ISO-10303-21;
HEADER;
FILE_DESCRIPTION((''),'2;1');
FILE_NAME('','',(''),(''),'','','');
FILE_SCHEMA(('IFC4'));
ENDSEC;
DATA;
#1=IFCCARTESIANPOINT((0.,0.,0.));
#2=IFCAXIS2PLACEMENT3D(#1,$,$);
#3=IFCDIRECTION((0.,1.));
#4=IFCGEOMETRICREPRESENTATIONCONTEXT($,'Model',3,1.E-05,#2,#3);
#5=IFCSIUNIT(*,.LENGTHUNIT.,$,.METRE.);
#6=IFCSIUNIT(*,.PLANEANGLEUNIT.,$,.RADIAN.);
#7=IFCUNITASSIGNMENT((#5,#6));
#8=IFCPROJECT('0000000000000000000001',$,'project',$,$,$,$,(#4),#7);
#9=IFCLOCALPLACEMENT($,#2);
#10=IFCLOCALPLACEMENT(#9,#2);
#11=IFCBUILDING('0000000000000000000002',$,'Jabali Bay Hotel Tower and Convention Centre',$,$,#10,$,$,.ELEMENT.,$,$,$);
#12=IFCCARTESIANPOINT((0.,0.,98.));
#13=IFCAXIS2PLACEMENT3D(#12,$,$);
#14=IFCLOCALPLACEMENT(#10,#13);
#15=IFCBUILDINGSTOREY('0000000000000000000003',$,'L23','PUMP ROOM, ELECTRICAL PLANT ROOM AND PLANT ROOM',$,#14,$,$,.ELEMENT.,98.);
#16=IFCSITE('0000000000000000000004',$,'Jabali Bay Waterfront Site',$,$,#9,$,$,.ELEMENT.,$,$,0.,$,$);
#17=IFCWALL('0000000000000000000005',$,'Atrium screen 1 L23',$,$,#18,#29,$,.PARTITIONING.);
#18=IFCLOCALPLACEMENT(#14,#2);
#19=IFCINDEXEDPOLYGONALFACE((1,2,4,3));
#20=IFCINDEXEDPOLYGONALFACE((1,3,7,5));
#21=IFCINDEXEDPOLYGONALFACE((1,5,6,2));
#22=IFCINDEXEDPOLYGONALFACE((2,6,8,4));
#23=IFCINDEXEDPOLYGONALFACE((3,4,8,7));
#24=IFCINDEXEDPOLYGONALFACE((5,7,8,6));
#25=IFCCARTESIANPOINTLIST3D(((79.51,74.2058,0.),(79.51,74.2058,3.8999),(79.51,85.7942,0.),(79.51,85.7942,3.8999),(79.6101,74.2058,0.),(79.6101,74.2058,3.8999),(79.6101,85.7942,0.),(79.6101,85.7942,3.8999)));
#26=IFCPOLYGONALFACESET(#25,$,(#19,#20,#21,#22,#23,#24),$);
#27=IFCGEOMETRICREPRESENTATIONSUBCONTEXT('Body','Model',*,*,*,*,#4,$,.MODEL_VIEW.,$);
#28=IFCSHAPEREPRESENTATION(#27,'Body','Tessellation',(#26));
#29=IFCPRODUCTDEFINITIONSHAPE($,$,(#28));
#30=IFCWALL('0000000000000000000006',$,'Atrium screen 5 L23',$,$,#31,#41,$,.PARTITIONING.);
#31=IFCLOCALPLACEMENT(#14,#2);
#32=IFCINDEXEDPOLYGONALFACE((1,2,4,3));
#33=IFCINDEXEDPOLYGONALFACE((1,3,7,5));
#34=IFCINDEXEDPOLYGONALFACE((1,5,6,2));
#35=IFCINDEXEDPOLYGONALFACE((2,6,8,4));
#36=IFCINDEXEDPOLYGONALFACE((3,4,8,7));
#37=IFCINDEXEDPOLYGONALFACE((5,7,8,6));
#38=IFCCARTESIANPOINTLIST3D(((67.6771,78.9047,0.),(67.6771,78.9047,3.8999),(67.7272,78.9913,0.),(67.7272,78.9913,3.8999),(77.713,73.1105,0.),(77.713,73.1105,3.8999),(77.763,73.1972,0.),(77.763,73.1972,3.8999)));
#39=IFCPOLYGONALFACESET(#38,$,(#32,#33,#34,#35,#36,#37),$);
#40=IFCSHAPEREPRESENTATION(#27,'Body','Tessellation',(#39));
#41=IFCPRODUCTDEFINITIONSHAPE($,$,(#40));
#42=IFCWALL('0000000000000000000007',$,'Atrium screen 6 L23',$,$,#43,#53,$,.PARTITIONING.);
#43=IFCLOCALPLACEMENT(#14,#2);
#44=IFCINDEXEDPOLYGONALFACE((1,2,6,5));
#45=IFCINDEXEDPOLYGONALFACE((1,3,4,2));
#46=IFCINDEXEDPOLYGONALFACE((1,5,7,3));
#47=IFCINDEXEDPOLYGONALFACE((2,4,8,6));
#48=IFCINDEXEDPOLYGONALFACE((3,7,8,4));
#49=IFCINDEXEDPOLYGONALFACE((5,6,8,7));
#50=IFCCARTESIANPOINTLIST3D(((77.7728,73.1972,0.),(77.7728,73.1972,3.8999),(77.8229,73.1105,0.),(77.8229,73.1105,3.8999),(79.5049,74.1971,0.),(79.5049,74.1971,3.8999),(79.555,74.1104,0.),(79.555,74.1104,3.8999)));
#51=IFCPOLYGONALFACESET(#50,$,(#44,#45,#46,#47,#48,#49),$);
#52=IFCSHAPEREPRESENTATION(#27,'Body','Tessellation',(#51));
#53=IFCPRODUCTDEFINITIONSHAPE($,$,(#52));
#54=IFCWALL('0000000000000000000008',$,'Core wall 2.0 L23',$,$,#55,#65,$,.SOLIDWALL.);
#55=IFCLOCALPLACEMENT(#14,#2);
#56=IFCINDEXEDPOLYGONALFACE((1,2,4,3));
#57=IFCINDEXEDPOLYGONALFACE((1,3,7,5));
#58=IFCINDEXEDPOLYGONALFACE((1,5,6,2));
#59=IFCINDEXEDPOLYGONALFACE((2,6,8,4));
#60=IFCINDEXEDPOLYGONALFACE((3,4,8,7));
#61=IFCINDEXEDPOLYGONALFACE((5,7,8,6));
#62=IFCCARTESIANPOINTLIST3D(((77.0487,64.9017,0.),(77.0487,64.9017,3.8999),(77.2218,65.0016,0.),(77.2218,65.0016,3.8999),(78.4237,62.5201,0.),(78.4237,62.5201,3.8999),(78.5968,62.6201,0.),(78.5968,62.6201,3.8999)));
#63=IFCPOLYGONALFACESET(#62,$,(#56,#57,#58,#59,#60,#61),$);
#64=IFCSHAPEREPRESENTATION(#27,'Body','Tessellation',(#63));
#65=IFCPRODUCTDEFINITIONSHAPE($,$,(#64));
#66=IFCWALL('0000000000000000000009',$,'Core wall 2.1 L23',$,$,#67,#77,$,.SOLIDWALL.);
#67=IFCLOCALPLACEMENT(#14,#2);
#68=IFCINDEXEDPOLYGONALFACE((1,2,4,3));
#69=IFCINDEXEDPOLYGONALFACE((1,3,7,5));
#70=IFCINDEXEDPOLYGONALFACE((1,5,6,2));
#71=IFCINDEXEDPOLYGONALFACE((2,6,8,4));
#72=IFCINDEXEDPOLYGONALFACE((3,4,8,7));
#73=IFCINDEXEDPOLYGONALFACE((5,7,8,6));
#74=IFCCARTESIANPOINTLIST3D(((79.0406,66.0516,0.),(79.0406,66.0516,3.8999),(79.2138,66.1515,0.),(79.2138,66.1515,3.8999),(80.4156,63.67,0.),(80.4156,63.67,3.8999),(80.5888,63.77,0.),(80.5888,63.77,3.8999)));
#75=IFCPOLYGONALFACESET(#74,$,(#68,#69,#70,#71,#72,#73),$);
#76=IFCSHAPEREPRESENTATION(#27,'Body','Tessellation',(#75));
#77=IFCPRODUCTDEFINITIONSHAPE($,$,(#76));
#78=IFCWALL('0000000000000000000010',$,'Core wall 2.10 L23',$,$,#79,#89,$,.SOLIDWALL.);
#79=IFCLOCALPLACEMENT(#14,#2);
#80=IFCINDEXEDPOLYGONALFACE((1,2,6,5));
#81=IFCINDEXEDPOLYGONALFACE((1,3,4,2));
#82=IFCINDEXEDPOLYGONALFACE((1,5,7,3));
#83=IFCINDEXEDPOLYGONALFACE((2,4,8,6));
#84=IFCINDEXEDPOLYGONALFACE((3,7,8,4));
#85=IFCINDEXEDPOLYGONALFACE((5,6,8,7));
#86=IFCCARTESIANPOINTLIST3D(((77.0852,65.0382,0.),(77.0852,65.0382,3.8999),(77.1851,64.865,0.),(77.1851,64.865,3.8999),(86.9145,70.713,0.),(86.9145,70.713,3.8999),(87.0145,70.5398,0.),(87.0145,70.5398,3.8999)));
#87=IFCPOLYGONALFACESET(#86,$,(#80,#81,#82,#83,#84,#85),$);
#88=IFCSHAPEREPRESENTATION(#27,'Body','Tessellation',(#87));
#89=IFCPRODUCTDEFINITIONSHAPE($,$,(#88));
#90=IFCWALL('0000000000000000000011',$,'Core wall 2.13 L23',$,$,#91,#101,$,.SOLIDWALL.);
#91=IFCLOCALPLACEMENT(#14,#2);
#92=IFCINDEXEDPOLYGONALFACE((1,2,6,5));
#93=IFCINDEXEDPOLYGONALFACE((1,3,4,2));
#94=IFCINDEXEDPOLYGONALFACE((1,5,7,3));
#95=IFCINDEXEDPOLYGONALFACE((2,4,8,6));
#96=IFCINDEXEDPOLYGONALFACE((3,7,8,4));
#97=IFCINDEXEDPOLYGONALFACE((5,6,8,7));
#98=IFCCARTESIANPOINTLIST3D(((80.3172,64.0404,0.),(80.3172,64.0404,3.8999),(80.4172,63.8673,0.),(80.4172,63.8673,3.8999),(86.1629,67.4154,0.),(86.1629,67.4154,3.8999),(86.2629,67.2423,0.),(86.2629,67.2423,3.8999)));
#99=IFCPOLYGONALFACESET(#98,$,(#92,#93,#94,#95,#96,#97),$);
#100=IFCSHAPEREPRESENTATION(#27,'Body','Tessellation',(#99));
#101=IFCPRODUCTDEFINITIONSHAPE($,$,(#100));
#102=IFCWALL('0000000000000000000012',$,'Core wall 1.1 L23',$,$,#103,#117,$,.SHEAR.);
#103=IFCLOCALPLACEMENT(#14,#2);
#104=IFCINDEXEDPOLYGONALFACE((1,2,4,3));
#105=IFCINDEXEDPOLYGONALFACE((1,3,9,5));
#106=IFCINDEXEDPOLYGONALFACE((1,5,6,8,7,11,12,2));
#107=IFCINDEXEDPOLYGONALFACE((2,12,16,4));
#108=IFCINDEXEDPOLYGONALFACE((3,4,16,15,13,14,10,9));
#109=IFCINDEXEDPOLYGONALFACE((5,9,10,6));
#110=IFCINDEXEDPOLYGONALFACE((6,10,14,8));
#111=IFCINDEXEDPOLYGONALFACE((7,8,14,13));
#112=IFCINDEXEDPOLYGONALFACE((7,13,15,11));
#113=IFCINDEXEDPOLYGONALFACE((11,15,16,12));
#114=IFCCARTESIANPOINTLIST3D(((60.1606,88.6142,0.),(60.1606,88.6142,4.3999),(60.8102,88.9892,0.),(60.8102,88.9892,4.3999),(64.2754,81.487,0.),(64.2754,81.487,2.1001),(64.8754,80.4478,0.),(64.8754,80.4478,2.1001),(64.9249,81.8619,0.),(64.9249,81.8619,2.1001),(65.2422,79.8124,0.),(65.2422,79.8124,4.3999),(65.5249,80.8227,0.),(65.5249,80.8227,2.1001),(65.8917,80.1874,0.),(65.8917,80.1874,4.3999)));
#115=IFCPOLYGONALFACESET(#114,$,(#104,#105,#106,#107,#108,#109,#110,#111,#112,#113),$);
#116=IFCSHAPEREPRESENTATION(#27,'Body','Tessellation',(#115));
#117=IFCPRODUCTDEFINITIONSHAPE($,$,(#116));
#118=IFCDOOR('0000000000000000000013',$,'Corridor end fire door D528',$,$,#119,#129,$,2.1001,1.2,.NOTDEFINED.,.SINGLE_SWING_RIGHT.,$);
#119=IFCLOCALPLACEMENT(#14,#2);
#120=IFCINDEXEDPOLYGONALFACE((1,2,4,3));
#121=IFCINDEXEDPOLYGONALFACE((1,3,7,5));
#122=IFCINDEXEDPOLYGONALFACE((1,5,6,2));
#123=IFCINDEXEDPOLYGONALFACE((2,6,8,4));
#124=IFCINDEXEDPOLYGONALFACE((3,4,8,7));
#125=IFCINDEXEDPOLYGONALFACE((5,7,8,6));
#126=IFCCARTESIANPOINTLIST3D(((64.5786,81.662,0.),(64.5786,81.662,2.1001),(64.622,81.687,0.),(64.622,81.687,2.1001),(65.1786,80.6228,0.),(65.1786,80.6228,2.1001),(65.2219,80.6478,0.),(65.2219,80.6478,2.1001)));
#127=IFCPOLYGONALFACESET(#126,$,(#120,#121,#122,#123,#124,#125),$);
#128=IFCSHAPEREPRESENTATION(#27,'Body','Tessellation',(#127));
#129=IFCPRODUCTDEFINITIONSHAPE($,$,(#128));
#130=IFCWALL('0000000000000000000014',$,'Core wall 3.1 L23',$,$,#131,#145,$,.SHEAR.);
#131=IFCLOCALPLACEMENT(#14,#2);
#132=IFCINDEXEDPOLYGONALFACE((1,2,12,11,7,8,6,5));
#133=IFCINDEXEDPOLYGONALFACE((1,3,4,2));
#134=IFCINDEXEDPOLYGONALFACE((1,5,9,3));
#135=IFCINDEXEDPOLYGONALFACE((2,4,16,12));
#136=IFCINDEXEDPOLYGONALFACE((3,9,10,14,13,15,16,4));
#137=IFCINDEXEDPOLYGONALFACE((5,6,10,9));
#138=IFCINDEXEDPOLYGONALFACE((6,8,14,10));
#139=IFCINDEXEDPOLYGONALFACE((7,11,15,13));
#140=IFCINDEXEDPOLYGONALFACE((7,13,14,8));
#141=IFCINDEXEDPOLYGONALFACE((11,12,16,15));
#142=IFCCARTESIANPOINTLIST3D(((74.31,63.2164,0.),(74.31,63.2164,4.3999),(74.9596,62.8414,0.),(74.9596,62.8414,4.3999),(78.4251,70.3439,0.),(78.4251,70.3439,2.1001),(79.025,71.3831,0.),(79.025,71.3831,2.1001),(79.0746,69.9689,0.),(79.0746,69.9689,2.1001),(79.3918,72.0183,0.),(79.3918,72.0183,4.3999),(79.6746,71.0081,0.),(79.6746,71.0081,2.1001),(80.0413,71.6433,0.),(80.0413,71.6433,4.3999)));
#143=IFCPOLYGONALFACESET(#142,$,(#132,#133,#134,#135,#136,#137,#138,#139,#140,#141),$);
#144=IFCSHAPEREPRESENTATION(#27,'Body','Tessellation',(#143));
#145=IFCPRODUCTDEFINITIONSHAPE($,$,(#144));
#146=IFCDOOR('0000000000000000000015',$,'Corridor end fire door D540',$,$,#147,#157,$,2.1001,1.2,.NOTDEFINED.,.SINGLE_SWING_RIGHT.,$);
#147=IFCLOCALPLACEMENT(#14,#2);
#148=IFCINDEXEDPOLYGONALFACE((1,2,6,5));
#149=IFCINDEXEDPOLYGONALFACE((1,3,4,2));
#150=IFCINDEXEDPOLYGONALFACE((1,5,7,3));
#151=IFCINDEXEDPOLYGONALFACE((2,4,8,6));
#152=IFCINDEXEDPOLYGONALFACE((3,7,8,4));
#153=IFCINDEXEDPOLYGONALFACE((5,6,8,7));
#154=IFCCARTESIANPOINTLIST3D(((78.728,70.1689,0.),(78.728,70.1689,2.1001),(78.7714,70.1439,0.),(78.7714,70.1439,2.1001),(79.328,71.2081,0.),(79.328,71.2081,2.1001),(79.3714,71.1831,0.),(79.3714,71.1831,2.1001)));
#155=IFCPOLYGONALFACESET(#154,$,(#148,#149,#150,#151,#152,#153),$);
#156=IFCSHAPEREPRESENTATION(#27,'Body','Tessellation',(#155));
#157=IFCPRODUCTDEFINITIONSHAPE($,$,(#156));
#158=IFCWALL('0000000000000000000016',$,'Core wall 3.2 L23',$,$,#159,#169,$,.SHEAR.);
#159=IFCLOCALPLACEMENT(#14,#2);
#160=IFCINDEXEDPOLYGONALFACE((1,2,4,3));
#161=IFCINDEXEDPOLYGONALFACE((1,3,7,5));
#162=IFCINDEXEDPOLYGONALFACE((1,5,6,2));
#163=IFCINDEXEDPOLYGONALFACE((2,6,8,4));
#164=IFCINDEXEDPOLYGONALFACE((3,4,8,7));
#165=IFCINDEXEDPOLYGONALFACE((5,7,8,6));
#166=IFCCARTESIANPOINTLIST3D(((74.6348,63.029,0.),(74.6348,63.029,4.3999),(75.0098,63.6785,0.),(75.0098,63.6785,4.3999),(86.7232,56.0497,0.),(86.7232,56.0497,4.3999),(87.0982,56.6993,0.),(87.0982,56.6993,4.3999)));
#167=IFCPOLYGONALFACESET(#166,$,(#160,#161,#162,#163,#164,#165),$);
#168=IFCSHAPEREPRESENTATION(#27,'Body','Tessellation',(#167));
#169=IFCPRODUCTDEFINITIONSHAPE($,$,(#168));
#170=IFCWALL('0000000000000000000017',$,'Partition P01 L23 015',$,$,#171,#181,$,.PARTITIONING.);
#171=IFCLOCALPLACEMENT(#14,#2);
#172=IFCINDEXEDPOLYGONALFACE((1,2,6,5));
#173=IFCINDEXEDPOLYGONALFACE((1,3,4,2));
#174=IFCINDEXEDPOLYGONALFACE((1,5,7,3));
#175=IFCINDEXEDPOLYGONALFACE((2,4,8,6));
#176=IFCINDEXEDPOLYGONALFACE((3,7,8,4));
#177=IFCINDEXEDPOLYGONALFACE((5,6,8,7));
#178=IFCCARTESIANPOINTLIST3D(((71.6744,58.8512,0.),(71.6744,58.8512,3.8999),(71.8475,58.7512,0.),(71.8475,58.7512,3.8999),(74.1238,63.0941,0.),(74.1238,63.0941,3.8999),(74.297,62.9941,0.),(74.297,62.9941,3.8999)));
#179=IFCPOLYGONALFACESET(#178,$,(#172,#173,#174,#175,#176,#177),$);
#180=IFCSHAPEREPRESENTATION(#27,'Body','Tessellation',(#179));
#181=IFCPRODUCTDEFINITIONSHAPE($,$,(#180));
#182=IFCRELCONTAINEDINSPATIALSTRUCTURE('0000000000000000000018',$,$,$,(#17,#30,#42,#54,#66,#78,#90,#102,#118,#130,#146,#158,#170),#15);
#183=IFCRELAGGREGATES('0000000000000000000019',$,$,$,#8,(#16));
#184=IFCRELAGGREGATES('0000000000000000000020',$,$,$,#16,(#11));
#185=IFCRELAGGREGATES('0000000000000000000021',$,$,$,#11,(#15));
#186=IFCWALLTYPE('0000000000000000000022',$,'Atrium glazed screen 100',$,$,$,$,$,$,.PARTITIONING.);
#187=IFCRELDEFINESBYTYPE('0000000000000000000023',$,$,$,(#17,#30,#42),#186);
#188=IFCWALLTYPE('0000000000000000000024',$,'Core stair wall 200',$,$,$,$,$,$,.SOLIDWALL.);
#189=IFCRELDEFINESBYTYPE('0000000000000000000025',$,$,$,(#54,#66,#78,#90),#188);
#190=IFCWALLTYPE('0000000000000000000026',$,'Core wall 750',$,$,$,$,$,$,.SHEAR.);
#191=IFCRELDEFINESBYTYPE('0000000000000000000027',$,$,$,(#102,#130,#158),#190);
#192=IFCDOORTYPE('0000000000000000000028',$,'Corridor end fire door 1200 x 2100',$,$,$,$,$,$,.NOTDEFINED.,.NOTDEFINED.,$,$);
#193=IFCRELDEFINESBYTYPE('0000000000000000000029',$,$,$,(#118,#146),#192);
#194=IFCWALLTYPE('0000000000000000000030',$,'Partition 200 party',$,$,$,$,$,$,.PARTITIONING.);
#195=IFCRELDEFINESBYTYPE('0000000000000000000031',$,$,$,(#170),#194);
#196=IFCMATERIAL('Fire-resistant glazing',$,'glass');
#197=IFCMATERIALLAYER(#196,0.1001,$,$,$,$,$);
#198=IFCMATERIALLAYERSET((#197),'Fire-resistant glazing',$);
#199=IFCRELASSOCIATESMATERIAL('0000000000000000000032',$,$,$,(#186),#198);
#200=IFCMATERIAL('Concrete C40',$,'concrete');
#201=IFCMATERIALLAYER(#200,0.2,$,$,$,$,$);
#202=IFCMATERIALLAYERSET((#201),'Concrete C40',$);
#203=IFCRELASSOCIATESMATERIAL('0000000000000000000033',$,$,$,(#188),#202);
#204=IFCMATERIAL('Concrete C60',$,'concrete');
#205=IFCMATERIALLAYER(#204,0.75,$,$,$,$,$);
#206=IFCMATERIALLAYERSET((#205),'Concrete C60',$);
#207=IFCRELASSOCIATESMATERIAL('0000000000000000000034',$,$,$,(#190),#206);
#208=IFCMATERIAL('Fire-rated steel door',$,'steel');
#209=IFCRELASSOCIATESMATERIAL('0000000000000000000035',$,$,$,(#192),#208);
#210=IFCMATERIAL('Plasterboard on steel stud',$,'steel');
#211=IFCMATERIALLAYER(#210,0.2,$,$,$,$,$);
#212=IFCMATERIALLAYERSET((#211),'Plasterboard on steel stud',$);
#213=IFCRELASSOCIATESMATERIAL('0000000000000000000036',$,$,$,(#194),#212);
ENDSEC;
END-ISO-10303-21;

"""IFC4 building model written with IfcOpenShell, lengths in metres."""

from ifc_helpers import new_model, si_unit, direction, frame, frame_2d, origin, place, context, subcontext, project, spatial, rectangle, extrude, material, layer, layer_set, type_object, element, fill, save


model = new_model("IFC4")

# Units and contexts
model_context = context("Model", 3, precision=1e-05, world=origin(), true_north=direction((0.0, 1.0)))
body_context = subcontext(model_context, "Body", "Model", "MODEL_VIEW")
ifc_project = project(units=[si_unit("LENGTHUNIT", "METRE"), si_unit("PLANEANGLEUNIT", "RADIAN")], contexts=[model_context])

# Site, building, storey
site_placement = place(None, origin())
site = spatial("IfcSite", under=ifc_project, at=site_placement, Name="Jabali Bay Waterfront Site", CompositionType="ELEMENT", RefElevation=0.0)
building_placement = place(site_placement, origin())
building = spatial("IfcBuilding", under=site, at=building_placement, Name="Jabali Bay Hotel Tower and Convention Centre", CompositionType="ELEMENT")
storey_placement = place(building_placement, frame((0.0, 0.0, 98.0)))
storey = spatial("IfcBuildingStorey", under=building, at=storey_placement, Name="L23", Description="PUMP ROOM, ELECTRICAL PLANT ROOM AND PLANT ROOM", CompositionType="ELEMENT", Elevation=98.0)

# Walls
ifc_material_1 = material(Name="Fire-resistant glazing", Category="glass")
ifc_layer_1 = layer(ifc_material_1, 0.1001)
ifc_layer_set_1 = layer_set([ifc_layer_1], Name="Fire-resistant glazing")
wall_type_1 = type_object("IfcWallType", Name="Atrium glazed screen 100", PredefinedType="PARTITIONING", material=ifc_layer_set_1)
for number, where, z_axis, x_axis, name in (
    (1, (79.5601, 74.2058, 0.0), (0.0, 0.0, 1.0), (0.0, 1.0, 0.0), "Atrium screen 1 L23"),
    (2, (67.7021, 78.948, 0.0), (0.0, 0.0, 1.0), (0.866027, -0.499998, 0.0), "Atrium screen 5 L23"),
):
    element("IfcWall", number, at=place(storey_placement, frame(where, z_axis=z_axis, x_axis=x_axis)), inside=storey, type_object=wall_type_1, Name=name, PredefinedType="PARTITIONING", context=body_context, shape_type="SweptSolid", body=[
        extrude(rectangle(XDim=11.5884, YDim=0.1001, at=frame_2d((5.7942, 0.0))), origin(), (0.0, 0.0, 1.0), 3.8999),
    ])
wall_1_placement = place(storey_placement, frame((77.7979, 73.1538, 0.0), z_axis=(0.0, 0.0, 1.0), x_axis=(0.866041, 0.499973, 0.0)))
element("IfcWall", 3, at=wall_1_placement, inside=storey, type_object=wall_type_1, Name="Atrium screen 6 L23", PredefinedType="PARTITIONING", context=body_context, shape_type="SweptSolid", body=[
    extrude(rectangle(XDim=2.0, YDim=0.1001, at=frame_2d((1.0, 0.0))), origin(), (0.0, 0.0, 1.0), 3.8999),
])
ifc_material_2 = material(Name="Concrete C40", Category="concrete")
ifc_layer_2 = layer(ifc_material_2, 0.2)
ifc_layer_set_2 = layer_set([ifc_layer_2], Name="Concrete C40")
wall_type_2 = type_object("IfcWallType", Name="Core stair wall 200", PredefinedType="SOLIDWALL", material=ifc_layer_set_2)
for number, where, z_axis, x_axis, name in (
    (4, (77.1353, 64.9517, 0.0), (0.0, 0.0, 1.0), (0.499997, -0.866027, 0.0), "Core wall 2.0 L23"),
    (5, (79.1272, 66.1016, 0.0), (0.0, 0.0, 1.0), (0.499997, -0.866027, 0.0), "Core wall 2.1 L23"),
):
    element("IfcWall", number, at=place(storey_placement, frame(where, z_axis=z_axis, x_axis=x_axis)), inside=storey, type_object=wall_type_2, Name=name, PredefinedType="SOLIDWALL", context=body_context, shape_type="SweptSolid", body=[
        extrude(rectangle(XDim=2.75, YDim=0.2, at=frame_2d((1.375, 0.0))), origin(), (0.0, 0.0, 1.0), 3.8999),
    ])
wall_2_placement = place(storey_placement, frame((77.1353, 64.9517, 0.0), z_axis=(0.0, 0.0, 1.0), x_axis=(0.866032, 0.499989, 0.0)))
element("IfcWall", 6, at=wall_2_placement, inside=storey, type_object=wall_type_2, Name="Core wall 2.10 L23", PredefinedType="SOLIDWALL", context=body_context, shape_type="SweptSolid", body=[
    extrude(rectangle(XDim=11.3499, YDim=0.2, at=frame_2d((5.6748, 0.0))), origin(), (0.0, 0.0, 1.0), 3.8999),
])
wall_3_placement = place(storey_placement, frame((80.3672, 63.9539, 0.0), z_axis=(0.0, 0.0, 1.0), x_axis=(0.866027, 0.499998, 0.0)))
element("IfcWall", 7, at=wall_3_placement, inside=storey, type_object=wall_type_2, Name="Core wall 2.13 L23", PredefinedType="SOLIDWALL", context=body_context, shape_type="SweptSolid", body=[
    extrude(rectangle(XDim=6.75, YDim=0.2, at=frame_2d((3.375, 0.0))), origin(), (0.0, 0.0, 1.0), 3.8999),
])

# Walls, openings, doors
ifc_material_3 = material(Name="Concrete C60", Category="concrete")
ifc_layer_3 = layer(ifc_material_3, 0.75)
ifc_layer_set_3 = layer_set([ifc_layer_3], Name="Concrete C60")
wall_type_3 = type_object("IfcWallType", Name="Core wall 750", PredefinedType="SHEAR", material=ifc_layer_set_3)
wall_4_placement = place(storey_placement, frame((65.5669, 80.0, 0.0), z_axis=(0.0, 0.0, 1.0), x_axis=(-0.499989, 0.866032, 0.0)))
wall_4 = element("IfcWall", 8, at=wall_4_placement, inside=storey, type_object=wall_type_3, Name="Core wall 1.1 L23", PredefinedType="SHEAR", context=body_context, shape_type="SweptSolid", body=[
    extrude(rectangle(XDim=10.1633, YDim=0.75, at=frame_2d((5.0815, 0.0))), origin(), (0.0, 0.0, 1.0), 4.3999),
])
opening_1_placement = place(wall_4_placement, frame((0.7334, 0.0, 0.0)))
opening_1 = element("IfcOpeningElement", 9, at=opening_1_placement, cuts=wall_4, PredefinedType="OPENING", context=body_context, shape_type="SweptSolid", body=[
    extrude(rectangle(XDim=1.2, YDim=2.1001, at=frame_2d((0.6001, 1.05))), frame((0.0, 0.3855, 0.0), z_axis=(0.0, -1.0, 0.0), x_axis=(1.0, 0.0, 0.0)), (0.0, 0.0, 1.0), 0.771),
])
ifc_material_4 = material(Name="Fire-rated steel door", Category="steel")
door_type = type_object("IfcDoorType", Name="Corridor end fire door 1200 x 2100", OperationType="NOTDEFINED", PredefinedType="NOTDEFINED", material=ifc_material_4)
door_1_placement = place(opening_1_placement, origin())
door_1 = element("IfcDoor", 10, at=door_1_placement, inside=storey, type_object=door_type, Name="Corridor end fire door D528", OperationType="SINGLE_SWING_RIGHT", OverallHeight=2.1001, OverallWidth=1.2, PredefinedType="NOTDEFINED", context=body_context, shape_type="SweptSolid", body=[
    extrude(rectangle(XDim=1.2, YDim=2.1001, at=frame_2d((0.6001, 1.05))), frame((0.0, 0.0249, 0.0), z_axis=(0.0, -1.0, 0.0), x_axis=(1.0, 0.0, 0.0)), (0.0, 0.0, 1.0), 0.05),
])
fill(opening_1, door_1)
wall_5_placement = place(storey_placement, frame((79.7166, 71.8308, 0.0), z_axis=(0.0, 0.0, 1.0), x_axis=(-0.499996, -0.866028, 0.0)))
wall_5 = element("IfcWall", 11, at=wall_5_placement, inside=storey, type_object=wall_type_3, Name="Core wall 3.1 L23", PredefinedType="SHEAR", context=body_context, shape_type="SweptSolid", body=[
    extrude(rectangle(XDim=10.1636, YDim=0.75, at=frame_2d((5.0818, 0.0))), origin(), (0.0, 0.0, 1.0), 4.3999),
])
opening_2_placement = place(wall_5_placement, frame((0.7334, 0.0, 0.0)))
opening_2 = element("IfcOpeningElement", 12, at=opening_2_placement, cuts=wall_5, PredefinedType="OPENING", context=body_context, shape_type="SweptSolid", body=[
    extrude(rectangle(XDim=1.2, YDim=2.1001, at=frame_2d((0.6001, 1.05))), frame((0.0, 0.3855, 0.0), z_axis=(0.0, -1.0, 0.0), x_axis=(1.0, 0.0, 0.0)), (0.0, 0.0, 1.0), 0.771),
])
door_2_placement = place(opening_2_placement, origin())
door_2 = element("IfcDoor", 13, at=door_2_placement, inside=storey, type_object=door_type, Name="Corridor end fire door D540", OperationType="SINGLE_SWING_RIGHT", OverallHeight=2.1001, OverallWidth=1.2, PredefinedType="NOTDEFINED", context=body_context, shape_type="SweptSolid", body=[
    extrude(rectangle(XDim=1.2, YDim=2.1001, at=frame_2d((0.6001, 1.05))), frame((0.0, 0.0249, 0.0), z_axis=(0.0, -1.0, 0.0), x_axis=(1.0, 0.0, 0.0)), (0.0, 0.0, 1.0), 0.05),
])
fill(opening_2, door_2)

# Walls
wall_6_placement = place(storey_placement, frame((74.8223, 63.3538, 0.0), z_axis=(0.0, 0.0, 1.0), x_axis=(0.866025, -0.500001, 0.0)))
element("IfcWall", 14, at=wall_6_placement, inside=storey, type_object=wall_type_3, Name="Core wall 3.2 L23", PredefinedType="SHEAR", context=body_context, shape_type="SweptSolid", body=[
    extrude(rectangle(XDim=13.9585, YDim=0.75, at=frame_2d((6.9792, 0.0))), origin(), (0.0, 0.0, 1.0), 4.3999),
])
ifc_material_5 = material(Name="Plasterboard on steel stud", Category="steel")
ifc_layer_4 = layer(ifc_material_5, 0.2)
ifc_layer_set_4 = layer_set([ifc_layer_4], Name="Plasterboard on steel stud")
wall_type_4 = type_object("IfcWallType", Name="Partition 200 party", PredefinedType="PARTITIONING", material=ifc_layer_set_4)
wall_7_placement = place(storey_placement, frame((74.2104, 63.0442, 0.0), z_axis=(0.0, 0.0, 1.0), x_axis=(-0.499971, -0.866042, 0.0)))
element("IfcWall", 15, at=wall_7_placement, inside=storey, type_object=wall_type_4, Name="Partition P01 L23 015", PredefinedType="PARTITIONING", context=body_context, shape_type="SweptSolid", body=[
    extrude(rectangle(XDim=4.8992, YDim=0.2, at=frame_2d((2.4497, 0.0))), origin(), (0.0, 0.0, 1.0), 3.8999),
])

save(model, "model.ifc")
